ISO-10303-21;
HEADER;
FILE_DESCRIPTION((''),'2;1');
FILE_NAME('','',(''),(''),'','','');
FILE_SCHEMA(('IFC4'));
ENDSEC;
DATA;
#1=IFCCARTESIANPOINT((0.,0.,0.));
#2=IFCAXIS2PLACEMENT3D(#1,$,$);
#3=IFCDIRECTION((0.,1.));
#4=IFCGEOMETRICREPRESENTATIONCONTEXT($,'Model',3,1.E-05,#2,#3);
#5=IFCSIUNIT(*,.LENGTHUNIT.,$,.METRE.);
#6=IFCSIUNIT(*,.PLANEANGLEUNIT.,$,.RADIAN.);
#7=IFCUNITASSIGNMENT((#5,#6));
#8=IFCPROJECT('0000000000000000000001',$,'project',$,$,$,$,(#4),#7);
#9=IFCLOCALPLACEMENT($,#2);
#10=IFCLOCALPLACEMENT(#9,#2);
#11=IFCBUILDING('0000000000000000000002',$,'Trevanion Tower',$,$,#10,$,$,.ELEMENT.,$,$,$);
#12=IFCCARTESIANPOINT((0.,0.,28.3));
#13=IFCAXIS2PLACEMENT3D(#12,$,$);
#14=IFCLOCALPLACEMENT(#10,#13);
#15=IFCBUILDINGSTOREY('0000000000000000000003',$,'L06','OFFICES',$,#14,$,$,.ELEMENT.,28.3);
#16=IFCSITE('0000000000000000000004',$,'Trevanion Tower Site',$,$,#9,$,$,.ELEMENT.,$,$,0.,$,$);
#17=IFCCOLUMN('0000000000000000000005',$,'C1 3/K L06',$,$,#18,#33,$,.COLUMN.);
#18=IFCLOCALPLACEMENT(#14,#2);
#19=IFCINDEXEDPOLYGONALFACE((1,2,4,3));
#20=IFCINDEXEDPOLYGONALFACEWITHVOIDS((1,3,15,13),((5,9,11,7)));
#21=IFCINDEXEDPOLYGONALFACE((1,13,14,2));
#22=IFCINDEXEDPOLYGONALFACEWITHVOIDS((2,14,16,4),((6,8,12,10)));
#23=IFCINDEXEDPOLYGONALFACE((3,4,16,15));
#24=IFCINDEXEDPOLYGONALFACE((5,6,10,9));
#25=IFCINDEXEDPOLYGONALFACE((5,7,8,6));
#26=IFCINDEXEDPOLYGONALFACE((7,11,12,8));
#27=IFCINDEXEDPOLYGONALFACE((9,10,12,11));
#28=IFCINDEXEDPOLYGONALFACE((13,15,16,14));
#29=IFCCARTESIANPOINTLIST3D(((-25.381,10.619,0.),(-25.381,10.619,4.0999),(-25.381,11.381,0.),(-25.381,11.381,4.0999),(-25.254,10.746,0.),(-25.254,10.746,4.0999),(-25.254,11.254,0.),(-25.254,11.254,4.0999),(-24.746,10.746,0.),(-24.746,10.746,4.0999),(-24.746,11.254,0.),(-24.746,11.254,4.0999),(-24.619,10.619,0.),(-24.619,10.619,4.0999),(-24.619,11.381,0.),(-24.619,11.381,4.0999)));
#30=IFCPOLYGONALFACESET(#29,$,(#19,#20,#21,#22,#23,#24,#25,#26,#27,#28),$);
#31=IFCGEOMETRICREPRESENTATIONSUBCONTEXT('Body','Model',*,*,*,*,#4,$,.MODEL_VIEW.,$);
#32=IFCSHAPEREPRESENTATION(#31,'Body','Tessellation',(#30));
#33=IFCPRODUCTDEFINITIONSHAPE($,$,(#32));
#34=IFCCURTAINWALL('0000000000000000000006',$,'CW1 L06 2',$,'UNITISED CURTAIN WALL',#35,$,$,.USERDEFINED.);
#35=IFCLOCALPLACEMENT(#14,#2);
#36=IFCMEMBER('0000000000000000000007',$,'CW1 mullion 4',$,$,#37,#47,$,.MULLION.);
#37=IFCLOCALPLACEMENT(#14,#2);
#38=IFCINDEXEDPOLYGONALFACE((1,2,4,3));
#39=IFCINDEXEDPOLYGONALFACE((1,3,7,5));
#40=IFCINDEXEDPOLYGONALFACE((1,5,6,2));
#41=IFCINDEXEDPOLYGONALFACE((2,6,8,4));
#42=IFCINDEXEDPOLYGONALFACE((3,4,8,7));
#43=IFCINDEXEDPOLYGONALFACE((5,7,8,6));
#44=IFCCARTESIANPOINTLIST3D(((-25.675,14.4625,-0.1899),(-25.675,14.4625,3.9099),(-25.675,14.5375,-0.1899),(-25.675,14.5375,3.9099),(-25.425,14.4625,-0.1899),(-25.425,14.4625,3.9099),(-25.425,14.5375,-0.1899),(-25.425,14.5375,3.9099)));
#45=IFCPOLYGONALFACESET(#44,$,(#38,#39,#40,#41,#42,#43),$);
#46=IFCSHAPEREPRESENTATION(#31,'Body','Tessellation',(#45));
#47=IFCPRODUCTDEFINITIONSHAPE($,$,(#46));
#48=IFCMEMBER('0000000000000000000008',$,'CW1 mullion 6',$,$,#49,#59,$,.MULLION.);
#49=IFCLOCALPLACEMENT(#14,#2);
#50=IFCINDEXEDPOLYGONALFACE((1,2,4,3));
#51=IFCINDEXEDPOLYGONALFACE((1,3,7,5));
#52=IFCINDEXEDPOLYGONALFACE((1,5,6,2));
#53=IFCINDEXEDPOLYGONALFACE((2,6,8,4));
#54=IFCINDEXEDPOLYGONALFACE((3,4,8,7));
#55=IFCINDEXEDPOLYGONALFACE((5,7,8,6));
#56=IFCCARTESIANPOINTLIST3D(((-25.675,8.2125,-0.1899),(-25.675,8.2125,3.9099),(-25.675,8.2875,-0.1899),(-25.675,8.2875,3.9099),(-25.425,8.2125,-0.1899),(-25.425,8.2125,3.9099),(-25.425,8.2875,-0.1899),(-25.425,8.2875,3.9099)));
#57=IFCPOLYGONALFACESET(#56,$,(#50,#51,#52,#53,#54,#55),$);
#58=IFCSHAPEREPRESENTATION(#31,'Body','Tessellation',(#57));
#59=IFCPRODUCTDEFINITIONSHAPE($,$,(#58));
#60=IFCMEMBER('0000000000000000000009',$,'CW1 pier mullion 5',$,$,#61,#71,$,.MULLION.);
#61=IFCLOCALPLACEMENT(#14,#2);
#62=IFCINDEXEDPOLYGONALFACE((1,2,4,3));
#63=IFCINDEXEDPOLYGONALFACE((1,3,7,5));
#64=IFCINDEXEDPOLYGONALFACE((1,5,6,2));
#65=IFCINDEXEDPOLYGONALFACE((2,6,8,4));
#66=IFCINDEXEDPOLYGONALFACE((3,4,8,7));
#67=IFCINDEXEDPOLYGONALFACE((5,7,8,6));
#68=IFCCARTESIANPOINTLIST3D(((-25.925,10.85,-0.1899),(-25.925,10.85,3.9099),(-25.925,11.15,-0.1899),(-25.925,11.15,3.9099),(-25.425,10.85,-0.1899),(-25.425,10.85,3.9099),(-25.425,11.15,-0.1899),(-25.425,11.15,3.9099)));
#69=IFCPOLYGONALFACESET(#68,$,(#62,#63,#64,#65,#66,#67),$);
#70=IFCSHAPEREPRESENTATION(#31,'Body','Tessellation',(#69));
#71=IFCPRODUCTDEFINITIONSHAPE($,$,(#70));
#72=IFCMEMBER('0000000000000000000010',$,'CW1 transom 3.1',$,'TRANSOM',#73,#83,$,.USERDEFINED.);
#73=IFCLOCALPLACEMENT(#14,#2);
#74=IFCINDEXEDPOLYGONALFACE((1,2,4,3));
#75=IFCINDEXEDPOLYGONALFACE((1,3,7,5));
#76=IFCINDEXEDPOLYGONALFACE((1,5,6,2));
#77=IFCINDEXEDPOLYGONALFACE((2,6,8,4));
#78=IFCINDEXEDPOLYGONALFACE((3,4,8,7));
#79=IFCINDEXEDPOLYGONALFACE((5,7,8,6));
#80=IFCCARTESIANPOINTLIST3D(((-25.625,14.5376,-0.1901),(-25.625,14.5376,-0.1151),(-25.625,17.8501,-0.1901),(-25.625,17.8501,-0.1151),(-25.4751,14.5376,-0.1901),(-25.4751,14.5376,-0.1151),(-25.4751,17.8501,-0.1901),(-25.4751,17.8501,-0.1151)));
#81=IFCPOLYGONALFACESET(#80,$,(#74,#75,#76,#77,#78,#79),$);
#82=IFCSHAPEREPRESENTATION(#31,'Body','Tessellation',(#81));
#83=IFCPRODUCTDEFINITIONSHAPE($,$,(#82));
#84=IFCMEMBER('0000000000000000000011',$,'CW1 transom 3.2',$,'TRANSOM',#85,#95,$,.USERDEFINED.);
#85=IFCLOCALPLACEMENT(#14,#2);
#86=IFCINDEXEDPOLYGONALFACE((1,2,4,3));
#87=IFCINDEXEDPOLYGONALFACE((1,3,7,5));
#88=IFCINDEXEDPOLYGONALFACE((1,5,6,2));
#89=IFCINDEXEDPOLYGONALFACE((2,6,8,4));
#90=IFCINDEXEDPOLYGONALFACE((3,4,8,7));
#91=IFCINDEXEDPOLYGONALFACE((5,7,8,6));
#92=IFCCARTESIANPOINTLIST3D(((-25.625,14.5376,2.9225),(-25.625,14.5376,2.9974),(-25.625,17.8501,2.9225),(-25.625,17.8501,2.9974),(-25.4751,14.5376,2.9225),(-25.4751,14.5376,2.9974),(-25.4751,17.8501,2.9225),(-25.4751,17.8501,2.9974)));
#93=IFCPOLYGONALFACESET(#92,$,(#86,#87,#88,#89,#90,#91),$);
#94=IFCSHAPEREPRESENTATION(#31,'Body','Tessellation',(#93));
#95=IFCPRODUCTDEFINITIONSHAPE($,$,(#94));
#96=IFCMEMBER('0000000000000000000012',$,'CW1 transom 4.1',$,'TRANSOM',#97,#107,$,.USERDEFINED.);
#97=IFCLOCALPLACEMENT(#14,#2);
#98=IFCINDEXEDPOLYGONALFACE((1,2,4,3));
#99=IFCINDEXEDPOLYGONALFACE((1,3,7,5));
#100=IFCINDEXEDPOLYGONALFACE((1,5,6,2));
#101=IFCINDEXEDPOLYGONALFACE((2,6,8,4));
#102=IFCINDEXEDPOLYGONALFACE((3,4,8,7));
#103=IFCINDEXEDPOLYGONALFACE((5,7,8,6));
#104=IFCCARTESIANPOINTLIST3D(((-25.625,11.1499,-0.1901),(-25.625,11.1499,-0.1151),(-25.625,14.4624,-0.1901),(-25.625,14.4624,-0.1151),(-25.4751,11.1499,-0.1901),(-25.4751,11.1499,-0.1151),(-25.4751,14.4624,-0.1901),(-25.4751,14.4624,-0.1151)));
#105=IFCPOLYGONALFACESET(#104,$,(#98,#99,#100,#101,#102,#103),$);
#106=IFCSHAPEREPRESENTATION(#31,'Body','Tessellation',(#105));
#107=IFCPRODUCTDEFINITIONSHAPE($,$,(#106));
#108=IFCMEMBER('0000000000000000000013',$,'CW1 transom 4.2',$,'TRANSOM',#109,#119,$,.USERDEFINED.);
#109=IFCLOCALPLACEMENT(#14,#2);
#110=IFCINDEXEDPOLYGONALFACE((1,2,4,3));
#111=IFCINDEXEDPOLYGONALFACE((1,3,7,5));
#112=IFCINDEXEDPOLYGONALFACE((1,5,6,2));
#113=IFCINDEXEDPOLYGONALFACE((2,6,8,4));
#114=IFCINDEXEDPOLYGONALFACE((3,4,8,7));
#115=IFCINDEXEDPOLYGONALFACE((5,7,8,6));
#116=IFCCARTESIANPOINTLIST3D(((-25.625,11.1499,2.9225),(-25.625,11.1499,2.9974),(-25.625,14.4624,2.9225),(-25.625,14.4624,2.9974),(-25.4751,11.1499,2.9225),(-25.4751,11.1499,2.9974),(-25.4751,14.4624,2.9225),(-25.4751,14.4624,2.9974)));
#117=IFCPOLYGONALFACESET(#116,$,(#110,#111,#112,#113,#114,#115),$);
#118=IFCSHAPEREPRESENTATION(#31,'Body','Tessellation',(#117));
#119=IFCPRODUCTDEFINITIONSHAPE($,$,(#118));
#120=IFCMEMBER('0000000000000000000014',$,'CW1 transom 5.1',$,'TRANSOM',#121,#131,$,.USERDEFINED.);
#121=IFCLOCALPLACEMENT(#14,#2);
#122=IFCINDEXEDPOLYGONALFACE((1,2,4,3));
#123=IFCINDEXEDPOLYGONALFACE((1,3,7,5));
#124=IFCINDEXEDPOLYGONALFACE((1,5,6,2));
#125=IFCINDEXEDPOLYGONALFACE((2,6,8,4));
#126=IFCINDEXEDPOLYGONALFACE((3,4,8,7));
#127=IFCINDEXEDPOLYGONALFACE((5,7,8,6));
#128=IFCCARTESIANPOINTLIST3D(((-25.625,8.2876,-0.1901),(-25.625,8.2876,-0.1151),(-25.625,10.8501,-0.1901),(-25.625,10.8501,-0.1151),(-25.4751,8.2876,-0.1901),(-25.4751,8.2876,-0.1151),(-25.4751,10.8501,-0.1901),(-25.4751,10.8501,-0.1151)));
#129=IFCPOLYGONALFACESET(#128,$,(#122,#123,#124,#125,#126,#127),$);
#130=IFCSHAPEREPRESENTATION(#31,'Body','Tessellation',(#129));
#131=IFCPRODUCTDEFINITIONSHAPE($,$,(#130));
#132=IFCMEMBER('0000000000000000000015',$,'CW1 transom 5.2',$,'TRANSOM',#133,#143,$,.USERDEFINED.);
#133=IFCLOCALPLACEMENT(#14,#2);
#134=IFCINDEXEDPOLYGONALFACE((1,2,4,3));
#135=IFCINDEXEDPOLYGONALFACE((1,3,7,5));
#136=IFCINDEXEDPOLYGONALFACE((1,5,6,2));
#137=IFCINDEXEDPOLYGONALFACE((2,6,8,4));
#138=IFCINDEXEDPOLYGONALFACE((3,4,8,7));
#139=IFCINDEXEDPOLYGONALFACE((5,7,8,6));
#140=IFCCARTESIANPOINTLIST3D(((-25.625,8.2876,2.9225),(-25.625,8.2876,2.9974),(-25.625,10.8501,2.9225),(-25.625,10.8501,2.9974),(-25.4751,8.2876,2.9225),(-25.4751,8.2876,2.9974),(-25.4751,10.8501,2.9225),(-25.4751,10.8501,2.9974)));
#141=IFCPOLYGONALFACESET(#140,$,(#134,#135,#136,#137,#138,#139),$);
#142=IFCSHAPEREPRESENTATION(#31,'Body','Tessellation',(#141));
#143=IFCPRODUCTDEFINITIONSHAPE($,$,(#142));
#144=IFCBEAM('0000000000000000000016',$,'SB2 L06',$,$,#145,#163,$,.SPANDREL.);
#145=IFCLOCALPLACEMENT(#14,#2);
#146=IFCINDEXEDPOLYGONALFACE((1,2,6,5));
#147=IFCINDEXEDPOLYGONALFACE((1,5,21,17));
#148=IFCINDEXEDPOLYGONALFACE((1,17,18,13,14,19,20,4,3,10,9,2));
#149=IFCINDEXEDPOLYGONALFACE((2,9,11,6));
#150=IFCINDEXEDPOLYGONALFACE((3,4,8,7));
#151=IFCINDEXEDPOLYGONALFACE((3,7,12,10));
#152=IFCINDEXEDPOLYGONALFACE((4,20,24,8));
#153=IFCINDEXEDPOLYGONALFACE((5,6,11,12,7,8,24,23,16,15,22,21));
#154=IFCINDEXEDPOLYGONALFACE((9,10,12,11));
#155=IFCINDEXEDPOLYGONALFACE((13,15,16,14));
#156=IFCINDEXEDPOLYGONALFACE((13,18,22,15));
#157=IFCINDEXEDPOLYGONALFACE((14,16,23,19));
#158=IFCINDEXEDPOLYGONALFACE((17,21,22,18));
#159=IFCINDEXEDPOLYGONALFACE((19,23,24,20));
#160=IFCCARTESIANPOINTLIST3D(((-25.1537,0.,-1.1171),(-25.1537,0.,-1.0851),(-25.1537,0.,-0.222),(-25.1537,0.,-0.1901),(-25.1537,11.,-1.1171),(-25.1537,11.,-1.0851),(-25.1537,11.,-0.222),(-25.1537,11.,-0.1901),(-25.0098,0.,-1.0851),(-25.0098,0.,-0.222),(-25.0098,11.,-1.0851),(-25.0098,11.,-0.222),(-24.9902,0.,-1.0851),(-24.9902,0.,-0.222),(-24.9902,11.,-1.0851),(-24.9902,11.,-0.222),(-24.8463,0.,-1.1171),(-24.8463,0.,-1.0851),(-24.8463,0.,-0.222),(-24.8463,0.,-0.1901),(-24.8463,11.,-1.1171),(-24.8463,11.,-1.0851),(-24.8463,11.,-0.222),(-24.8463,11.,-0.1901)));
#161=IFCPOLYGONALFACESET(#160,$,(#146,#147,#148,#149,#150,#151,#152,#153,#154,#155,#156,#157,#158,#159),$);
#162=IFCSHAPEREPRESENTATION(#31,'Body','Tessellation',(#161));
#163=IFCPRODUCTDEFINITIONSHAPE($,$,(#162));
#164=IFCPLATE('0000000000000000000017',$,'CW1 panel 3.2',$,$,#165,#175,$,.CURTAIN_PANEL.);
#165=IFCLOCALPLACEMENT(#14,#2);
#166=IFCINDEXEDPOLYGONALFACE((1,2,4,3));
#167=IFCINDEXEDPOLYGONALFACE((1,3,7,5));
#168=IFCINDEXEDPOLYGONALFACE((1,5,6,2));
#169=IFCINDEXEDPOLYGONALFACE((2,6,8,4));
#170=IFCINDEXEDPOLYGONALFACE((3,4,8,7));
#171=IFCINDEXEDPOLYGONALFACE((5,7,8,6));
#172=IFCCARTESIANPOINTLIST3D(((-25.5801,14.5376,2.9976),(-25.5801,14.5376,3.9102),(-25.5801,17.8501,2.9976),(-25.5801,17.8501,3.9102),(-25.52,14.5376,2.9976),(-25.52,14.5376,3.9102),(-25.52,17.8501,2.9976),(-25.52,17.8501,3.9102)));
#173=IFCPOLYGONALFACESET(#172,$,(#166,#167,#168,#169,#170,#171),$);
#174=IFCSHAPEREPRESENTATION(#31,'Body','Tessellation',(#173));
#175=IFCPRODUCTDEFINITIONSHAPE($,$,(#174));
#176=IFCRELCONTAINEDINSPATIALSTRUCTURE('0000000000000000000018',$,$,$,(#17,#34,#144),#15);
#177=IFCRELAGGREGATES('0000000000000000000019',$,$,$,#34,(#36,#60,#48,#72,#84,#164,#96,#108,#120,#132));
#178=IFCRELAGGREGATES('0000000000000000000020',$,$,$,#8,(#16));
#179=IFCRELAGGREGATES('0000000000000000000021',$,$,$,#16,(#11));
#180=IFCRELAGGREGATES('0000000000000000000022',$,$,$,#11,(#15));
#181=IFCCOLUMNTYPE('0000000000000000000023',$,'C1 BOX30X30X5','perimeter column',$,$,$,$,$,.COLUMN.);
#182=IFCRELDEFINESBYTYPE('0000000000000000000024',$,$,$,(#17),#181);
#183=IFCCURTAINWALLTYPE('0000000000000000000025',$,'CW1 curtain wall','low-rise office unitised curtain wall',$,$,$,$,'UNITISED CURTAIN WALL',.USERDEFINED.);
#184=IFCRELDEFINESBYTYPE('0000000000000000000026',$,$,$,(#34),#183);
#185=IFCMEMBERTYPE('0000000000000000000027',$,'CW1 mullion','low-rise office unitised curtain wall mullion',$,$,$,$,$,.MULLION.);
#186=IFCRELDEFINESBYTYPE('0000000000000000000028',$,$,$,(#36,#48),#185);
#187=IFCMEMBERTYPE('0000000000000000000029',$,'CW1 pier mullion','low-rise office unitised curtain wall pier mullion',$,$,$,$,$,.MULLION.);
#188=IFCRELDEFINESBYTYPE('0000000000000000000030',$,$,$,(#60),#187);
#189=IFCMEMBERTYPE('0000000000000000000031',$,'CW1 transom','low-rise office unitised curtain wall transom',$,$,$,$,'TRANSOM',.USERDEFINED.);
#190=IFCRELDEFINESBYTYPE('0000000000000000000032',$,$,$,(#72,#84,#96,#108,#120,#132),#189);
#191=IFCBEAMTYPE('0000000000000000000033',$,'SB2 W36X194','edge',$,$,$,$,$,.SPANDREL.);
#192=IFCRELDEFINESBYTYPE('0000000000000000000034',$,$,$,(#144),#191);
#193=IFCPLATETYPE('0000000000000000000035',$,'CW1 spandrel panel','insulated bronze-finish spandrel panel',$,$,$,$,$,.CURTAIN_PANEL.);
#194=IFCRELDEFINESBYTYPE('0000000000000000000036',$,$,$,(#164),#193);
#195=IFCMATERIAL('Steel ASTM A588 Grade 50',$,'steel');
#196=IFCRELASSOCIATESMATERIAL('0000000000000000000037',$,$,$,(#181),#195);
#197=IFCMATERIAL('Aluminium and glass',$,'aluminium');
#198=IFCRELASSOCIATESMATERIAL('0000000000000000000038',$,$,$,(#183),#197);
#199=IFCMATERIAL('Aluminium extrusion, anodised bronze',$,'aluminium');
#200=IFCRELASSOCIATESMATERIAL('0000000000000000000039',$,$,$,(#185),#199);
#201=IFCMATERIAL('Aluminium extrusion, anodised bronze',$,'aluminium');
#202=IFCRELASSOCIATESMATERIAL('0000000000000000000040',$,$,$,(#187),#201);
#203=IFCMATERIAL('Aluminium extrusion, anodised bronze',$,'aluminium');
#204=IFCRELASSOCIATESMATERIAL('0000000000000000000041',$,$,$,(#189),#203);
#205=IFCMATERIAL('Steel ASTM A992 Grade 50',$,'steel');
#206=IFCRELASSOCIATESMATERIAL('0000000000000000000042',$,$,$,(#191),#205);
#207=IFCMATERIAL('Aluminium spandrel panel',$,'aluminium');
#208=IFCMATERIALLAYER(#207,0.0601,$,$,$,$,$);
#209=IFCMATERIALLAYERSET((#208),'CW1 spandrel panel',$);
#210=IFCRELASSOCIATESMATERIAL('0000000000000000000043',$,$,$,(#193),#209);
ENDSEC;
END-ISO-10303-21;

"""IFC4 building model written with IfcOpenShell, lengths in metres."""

from ifc_helpers import new_model, si_unit, direction, frame, origin, origin_2d, place, context, subcontext, project, spatial, rectangle, hollow_rectangle, i_section, extrude, material, layer, layer_set, material_profile, profile_set, type_object, element, aggregate, save


model = new_model("IFC4")

# Units and contexts
model_context = context("Model", 3, precision=1e-05, world=origin(), true_north=direction((0.0, 1.0)))
body_context = subcontext(model_context, "Body", "Model", "MODEL_VIEW")
ifc_project = project(units=[si_unit("LENGTHUNIT", "METRE"), si_unit("PLANEANGLEUNIT", "RADIAN")], contexts=[model_context])

# Site, building, storey
site_placement = place(None, origin())
site = spatial("IfcSite", under=ifc_project, at=site_placement, Name="Trevanion Tower Site", CompositionType="ELEMENT", RefElevation=0.0)
building_placement = place(site_placement, origin())
building = spatial("IfcBuilding", under=site, at=building_placement, Name="Trevanion Tower", CompositionType="ELEMENT")
storey_placement = place(building_placement, frame((0.0, 0.0, 28.3)))
storey = spatial("IfcBuildingStorey", under=building, at=storey_placement, Name="L06", Description="OFFICES", CompositionType="ELEMENT", Elevation=28.3)

# Column
ifc_material_1 = material(Name="Steel ASTM A588 Grade 50", Category="steel")
ifc_material_profile_1 = material_profile(ifc_material_1, hollow_rectangle(XDim=0.762, YDim=0.762, WallThickness=0.127, at=origin_2d()), Name="BOX30X30X5")
ifc_profile_set_1 = profile_set([ifc_material_profile_1], Name="Steel ASTM A588 Grade 50")
column_type = type_object("IfcColumnType", Name="C1 BOX30X30X5", Description="perimeter column", PredefinedType="COLUMN", material=ifc_profile_set_1)
column_placement = place(storey_placement, frame((-25.0, 11.0, 0.0), z_axis=(0.0, 0.0, 1.0), x_axis=(0.0, 1.0, 0.0)))
element("IfcColumn", 1, at=column_placement, inside=storey, type_object=column_type, Name="C1 3/K L06", PredefinedType="COLUMN", context=body_context, shape_type="SweptSolid", body=[
    extrude(hollow_rectangle(XDim=0.762, YDim=0.762, WallThickness=0.127, at=origin_2d()), origin(), (0.0, 0.0, 1.0), 4.0999),
])

# Curtain wall, members
ifc_material_2 = material(Name="Aluminium and glass", Category="aluminium")
curtain_wall_type = type_object("IfcCurtainWallType", Name="CW1 curtain wall", Description="low-rise office unitised curtain wall", ElementType="UNITISED CURTAIN WALL", PredefinedType="USERDEFINED", material=ifc_material_2)
curtain_wall_placement = place(storey_placement, origin())
curtain_wall = element("IfcCurtainWall", 2, at=curtain_wall_placement, inside=storey, type_object=curtain_wall_type, Name="CW1 L06 2", ObjectType="UNITISED CURTAIN WALL", PredefinedType="USERDEFINED")
ifc_material_3 = material(Name="Aluminium extrusion, anodised bronze", Category="aluminium")
ifc_material_profile_2 = material_profile(ifc_material_3, rectangle(XDim=0.075, YDim=0.25, at=origin_2d()), Name="CW1 mullion")
ifc_profile_set_2 = profile_set([ifc_material_profile_2], Name="Aluminium extrusion, anodised bronze")
member_type_1 = type_object("IfcMemberType", Name="CW1 mullion", Description="low-rise office unitised curtain wall mullion", PredefinedType="MULLION", material=ifc_profile_set_2)
member_1_placement = place(storey_placement, frame((-25.55, 14.5, -0.1899), z_axis=(0.0, 0.0, 1.0), x_axis=(0.0, -1.0, 0.0)))
member_1 = element("IfcMember", 3, at=member_1_placement, type_object=member_type_1, Name="CW1 mullion 4", PredefinedType="MULLION", context=body_context, shape_type="SweptSolid", body=[
    extrude(rectangle(XDim=0.075, YDim=0.25, at=origin_2d()), origin(), (0.0, 0.0, 1.0), 4.0999),
])
member_2_placement = place(storey_placement, frame((-25.55, 8.25, -0.1899), z_axis=(0.0, 0.0, 1.0), x_axis=(0.0, -1.0, 0.0)))
member_2 = element("IfcMember", 4, at=member_2_placement, type_object=member_type_1, Name="CW1 mullion 6", PredefinedType="MULLION", context=body_context, shape_type="SweptSolid", body=[
    extrude(rectangle(XDim=0.075, YDim=0.25, at=origin_2d()), origin(), (0.0, 0.0, 1.0), 4.0999),
])
ifc_material_4 = material(Name="Aluminium extrusion, anodised bronze", Category="aluminium")
ifc_material_profile_3 = material_profile(ifc_material_4, rectangle(XDim=0.3, YDim=0.5, at=origin_2d()), Name="CW1 pier mullion")
ifc_profile_set_3 = profile_set([ifc_material_profile_3], Name="Aluminium extrusion, anodised bronze")
member_type_2 = type_object("IfcMemberType", Name="CW1 pier mullion", Description="low-rise office unitised curtain wall pier mullion", PredefinedType="MULLION", material=ifc_profile_set_3)
member_3_placement = place(storey_placement, frame((-25.675, 11.0, -0.1899), z_axis=(0.0, 0.0, 1.0), x_axis=(0.0, -1.0, 0.0)))
member_3 = element("IfcMember", 5, at=member_3_placement, type_object=member_type_2, Name="CW1 pier mullion 5", PredefinedType="MULLION", context=body_context, shape_type="SweptSolid", body=[
    extrude(rectangle(XDim=0.3, YDim=0.5, at=origin_2d()), origin(), (0.0, 0.0, 1.0), 4.0999),
])
ifc_material_5 = material(Name="Aluminium extrusion, anodised bronze", Category="aluminium")
ifc_material_profile_4 = material_profile(ifc_material_5, rectangle(XDim=0.1499, YDim=0.075, at=origin_2d()), Name="CW1 transom")
ifc_profile_set_4 = profile_set([ifc_material_profile_4], Name="Aluminium extrusion, anodised bronze")
member_type_3 = type_object("IfcMemberType", Name="CW1 transom", Description="low-rise office unitised curtain wall transom", ElementType="TRANSOM", PredefinedType="USERDEFINED", material=ifc_profile_set_4)
member_4_placement = place(storey_placement, frame((-25.55, 17.8501, -0.1526), z_axis=(0.0, -1.0, 0.0), x_axis=(1.0, 0.0, 0.0)))
member_4 = element("IfcMember", 6, at=member_4_placement, type_object=member_type_3, Name="CW1 transom 3.1", ObjectType="TRANSOM", PredefinedType="USERDEFINED", context=body_context, shape_type="SweptSolid", body=[
    extrude(rectangle(XDim=0.1499, YDim=0.075, at=origin_2d()), origin(), (0.0, 0.0, 1.0), 3.3125),
])
member_5_placement = place(storey_placement, frame((-25.55, 17.8501, 2.96), z_axis=(0.0, -1.0, 0.0), x_axis=(1.0, 0.0, 0.0)))
member_5 = element("IfcMember", 7, at=member_5_placement, type_object=member_type_3, Name="CW1 transom 3.2", ObjectType="TRANSOM", PredefinedType="USERDEFINED", context=body_context, shape_type="SweptSolid", body=[
    extrude(rectangle(XDim=0.1499, YDim=0.075, at=origin_2d()), origin(), (0.0, 0.0, 1.0), 3.3125),
])
member_6_placement = place(storey_placement, frame((-25.55, 14.4624, -0.1526), z_axis=(0.0, -1.0, 0.0), x_axis=(1.0, 0.0, 0.0)))
member_6 = element("IfcMember", 8, at=member_6_placement, type_object=member_type_3, Name="CW1 transom 4.1", ObjectType="TRANSOM", PredefinedType="USERDEFINED", context=body_context, shape_type="SweptSolid", body=[
    extrude(rectangle(XDim=0.1499, YDim=0.075, at=origin_2d()), origin(), (0.0, 0.0, 1.0), 3.3125),
])
member_7_placement = place(storey_placement, frame((-25.55, 14.4624, 2.96), z_axis=(0.0, -1.0, 0.0), x_axis=(1.0, 0.0, 0.0)))
member_7 = element("IfcMember", 9, at=member_7_placement, type_object=member_type_3, Name="CW1 transom 4.2", ObjectType="TRANSOM", PredefinedType="USERDEFINED", context=body_context, shape_type="SweptSolid", body=[
    extrude(rectangle(XDim=0.1499, YDim=0.075, at=origin_2d()), origin(), (0.0, 0.0, 1.0), 3.3125),
])
member_8_placement = place(storey_placement, frame((-25.55, 10.8501, -0.1526), z_axis=(0.0, -1.0, 0.0), x_axis=(1.0, 0.0, 0.0)))
member_8 = element("IfcMember", 10, at=member_8_placement, type_object=member_type_3, Name="CW1 transom 5.1", ObjectType="TRANSOM", PredefinedType="USERDEFINED", context=body_context, shape_type="SweptSolid", body=[
    extrude(rectangle(XDim=0.1499, YDim=0.075, at=origin_2d()), origin(), (0.0, 0.0, 1.0), 2.5625),
])
member_9_placement = place(storey_placement, frame((-25.55, 10.8501, 2.96), z_axis=(0.0, -1.0, 0.0), x_axis=(1.0, 0.0, 0.0)))
member_9 = element("IfcMember", 11, at=member_9_placement, type_object=member_type_3, Name="CW1 transom 5.2", ObjectType="TRANSOM", PredefinedType="USERDEFINED", context=body_context, shape_type="SweptSolid", body=[
    extrude(rectangle(XDim=0.1499, YDim=0.075, at=origin_2d()), origin(), (0.0, 0.0, 1.0), 2.5625),
])

# Beam
ifc_material_6 = material(Name="Steel ASTM A992 Grade 50", Category="steel")
ifc_material_profile_5 = material_profile(ifc_material_6, i_section(OverallWidth=0.3074, OverallDepth=0.927, WebThickness=0.0195, FlangeThickness=0.032, at=origin_2d()), Name="W36X194")
ifc_profile_set_5 = profile_set([ifc_material_profile_5], Name="Steel ASTM A992 Grade 50")
beam_type = type_object("IfcBeamType", Name="SB2 W36X194", Description="edge", PredefinedType="SPANDREL", material=ifc_profile_set_5)
beam_placement = place(storey_placement, frame((-25.0, 11.0, -0.6536), z_axis=(0.0, -1.0, 0.0), x_axis=(1.0, 0.0, 0.0)))
element("IfcBeam", 12, at=beam_placement, inside=storey, type_object=beam_type, Name="SB2 L06", PredefinedType="SPANDREL", context=body_context, shape_type="SweptSolid", body=[
    extrude(i_section(OverallWidth=0.3074, OverallDepth=0.927, WebThickness=0.0195, FlangeThickness=0.032, at=origin_2d()), origin(), (0.0, 0.0, 1.0), 11.0),
])

# Plate
ifc_material_7 = material(Name="Aluminium spandrel panel", Category="aluminium")
ifc_layer_1 = layer(ifc_material_7, 0.0601)
ifc_layer_set_1 = layer_set([ifc_layer_1], Name="CW1 spandrel panel")
plate_type_1 = type_object("IfcPlateType", Name="CW1 spandrel panel", Description="insulated bronze-finish spandrel panel", PredefinedType="CURTAIN_PANEL", material=ifc_layer_set_1)
plate_1_placement = place(storey_placement, frame((-25.55, 16.1938, 2.9976), z_axis=(0.0, 0.0, 1.0), x_axis=(0.0, -1.0, 0.0)))
plate_1 = element("IfcPlate", 13, at=plate_1_placement, type_object=plate_type_1, Name="CW1 panel 3.2", PredefinedType="CURTAIN_PANEL", context=body_context, shape_type="SweptSolid", body=[
    extrude(rectangle(XDim=3.3125, YDim=0.0601, at=origin_2d()), origin(), (0.0, 0.0, 1.0), 0.9126),
])
aggregate(curtain_wall, [member_1, member_3, member_2, member_4, member_5, plate_1, member_6, member_7, member_8, member_9])

save(model, "model.ifc")
